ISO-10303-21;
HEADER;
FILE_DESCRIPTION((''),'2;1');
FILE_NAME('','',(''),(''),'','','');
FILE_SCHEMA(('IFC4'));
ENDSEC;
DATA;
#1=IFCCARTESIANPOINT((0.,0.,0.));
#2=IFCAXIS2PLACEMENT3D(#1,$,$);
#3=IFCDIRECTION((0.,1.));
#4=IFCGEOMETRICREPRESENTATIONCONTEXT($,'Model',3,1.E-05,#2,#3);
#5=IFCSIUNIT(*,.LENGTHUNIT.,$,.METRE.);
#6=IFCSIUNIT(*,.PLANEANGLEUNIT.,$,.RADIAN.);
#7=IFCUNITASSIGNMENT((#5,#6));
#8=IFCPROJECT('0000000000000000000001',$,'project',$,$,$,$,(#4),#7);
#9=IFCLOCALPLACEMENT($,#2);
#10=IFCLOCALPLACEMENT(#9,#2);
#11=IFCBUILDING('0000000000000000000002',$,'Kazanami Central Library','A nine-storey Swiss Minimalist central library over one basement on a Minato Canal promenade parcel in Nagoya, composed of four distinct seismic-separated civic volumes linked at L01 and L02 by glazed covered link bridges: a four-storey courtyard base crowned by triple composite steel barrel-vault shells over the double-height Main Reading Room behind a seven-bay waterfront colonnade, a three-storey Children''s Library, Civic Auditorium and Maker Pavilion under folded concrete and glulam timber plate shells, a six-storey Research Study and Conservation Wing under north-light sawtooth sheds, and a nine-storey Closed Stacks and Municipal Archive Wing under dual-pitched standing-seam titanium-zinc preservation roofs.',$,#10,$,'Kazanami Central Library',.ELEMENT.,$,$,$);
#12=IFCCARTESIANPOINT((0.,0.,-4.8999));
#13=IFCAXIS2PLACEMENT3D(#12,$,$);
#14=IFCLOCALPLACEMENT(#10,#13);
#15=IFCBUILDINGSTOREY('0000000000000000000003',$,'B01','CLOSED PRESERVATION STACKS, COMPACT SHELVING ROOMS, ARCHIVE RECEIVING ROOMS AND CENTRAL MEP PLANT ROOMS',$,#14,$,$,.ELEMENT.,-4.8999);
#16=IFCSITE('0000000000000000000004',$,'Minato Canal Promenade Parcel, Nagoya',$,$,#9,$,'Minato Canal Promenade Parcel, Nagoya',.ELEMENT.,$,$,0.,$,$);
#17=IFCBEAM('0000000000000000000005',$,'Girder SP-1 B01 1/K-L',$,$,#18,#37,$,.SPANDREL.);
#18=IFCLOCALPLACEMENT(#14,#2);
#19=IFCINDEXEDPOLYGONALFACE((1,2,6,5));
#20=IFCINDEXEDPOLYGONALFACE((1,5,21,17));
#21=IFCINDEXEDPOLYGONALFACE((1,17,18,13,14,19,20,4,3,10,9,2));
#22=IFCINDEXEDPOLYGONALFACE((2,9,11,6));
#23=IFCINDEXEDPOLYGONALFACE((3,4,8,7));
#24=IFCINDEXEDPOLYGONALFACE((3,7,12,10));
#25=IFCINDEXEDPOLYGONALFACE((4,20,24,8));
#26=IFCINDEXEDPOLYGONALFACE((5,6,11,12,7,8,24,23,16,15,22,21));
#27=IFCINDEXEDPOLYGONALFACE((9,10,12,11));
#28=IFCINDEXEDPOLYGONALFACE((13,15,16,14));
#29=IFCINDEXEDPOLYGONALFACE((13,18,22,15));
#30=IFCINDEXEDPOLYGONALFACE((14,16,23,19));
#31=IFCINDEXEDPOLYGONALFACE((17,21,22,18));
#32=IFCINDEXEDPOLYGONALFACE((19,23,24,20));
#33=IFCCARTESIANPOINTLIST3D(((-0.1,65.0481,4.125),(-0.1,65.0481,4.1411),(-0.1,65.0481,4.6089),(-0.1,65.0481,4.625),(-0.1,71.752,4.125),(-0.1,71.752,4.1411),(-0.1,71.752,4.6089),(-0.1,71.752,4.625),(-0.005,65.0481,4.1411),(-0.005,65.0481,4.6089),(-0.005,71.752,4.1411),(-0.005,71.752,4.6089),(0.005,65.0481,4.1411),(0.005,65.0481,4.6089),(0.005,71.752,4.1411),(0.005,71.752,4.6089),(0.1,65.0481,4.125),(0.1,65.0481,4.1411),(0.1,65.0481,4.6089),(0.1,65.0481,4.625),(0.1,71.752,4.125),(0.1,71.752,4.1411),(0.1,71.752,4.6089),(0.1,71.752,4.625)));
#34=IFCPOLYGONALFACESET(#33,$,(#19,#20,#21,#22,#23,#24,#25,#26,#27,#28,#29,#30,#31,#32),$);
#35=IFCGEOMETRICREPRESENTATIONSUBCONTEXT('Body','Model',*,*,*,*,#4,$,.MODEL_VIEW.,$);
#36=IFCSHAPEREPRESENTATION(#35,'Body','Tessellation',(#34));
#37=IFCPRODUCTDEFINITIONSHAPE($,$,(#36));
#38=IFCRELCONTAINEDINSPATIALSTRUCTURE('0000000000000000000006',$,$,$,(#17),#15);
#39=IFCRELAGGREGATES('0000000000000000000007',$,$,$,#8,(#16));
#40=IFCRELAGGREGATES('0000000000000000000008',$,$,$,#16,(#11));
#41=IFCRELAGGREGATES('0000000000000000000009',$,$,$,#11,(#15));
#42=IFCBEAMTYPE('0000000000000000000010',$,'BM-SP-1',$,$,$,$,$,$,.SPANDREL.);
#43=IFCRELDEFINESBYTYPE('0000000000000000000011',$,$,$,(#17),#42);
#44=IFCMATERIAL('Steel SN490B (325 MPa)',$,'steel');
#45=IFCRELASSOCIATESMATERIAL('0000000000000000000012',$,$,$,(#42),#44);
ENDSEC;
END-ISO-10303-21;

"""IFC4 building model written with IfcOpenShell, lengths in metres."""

from ifc_helpers import new_model, si_unit, direction, frame, origin, origin_2d, place, context, subcontext, project, spatial, i_section, extrude, material, material_profile, profile_set, type_object, element, save


model = new_model("IFC4")

# Units and contexts
model_context = context("Model", 3, precision=1e-05, world=origin(), true_north=direction((0.0, 1.0)))
body_context = subcontext(model_context, "Body", "Model", "MODEL_VIEW")
ifc_project = project(units=[si_unit("LENGTHUNIT", "METRE"), si_unit("PLANEANGLEUNIT", "RADIAN")], contexts=[model_context])

# Site, building, storey
site_placement = place(None, origin())
site = spatial("IfcSite", under=ifc_project, at=site_placement, Name="Minato Canal Promenade Parcel, Nagoya", LongName="Minato Canal Promenade Parcel, Nagoya", CompositionType="ELEMENT", RefElevation=0.0)
building_placement = place(site_placement, origin())
building = spatial("IfcBuilding", under=site, at=building_placement, Name="Kazanami Central Library", Description="A nine-storey Swiss Minimalist central library over one basement on a Minato Canal promenade parcel in Nagoya, composed of four distinct seismic-separated civic volumes linked at L01 and L02 by glazed covered link bridges: a four-storey courtyard base crowned by triple composite steel barrel-vault shells over the double-height Main Reading Room behind a seven-bay waterfront colonnade, a three-storey Children's Library, Civic Auditorium and Maker Pavilion under folded concrete and glulam timber plate shells, a six-storey Research Study and Conservation Wing under north-light sawtooth sheds, and a nine-storey Closed Stacks and Municipal Archive Wing under dual-pitched standing-seam titanium-zinc preservation roofs.", LongName="Kazanami Central Library", CompositionType="ELEMENT")
storey_placement = place(building_placement, frame((0.0, 0.0, -4.8999)))
storey = spatial("IfcBuildingStorey", under=building, at=storey_placement, Name="B01", Description="CLOSED PRESERVATION STACKS, COMPACT SHELVING ROOMS, ARCHIVE RECEIVING ROOMS AND CENTRAL MEP PLANT ROOMS", CompositionType="ELEMENT", Elevation=-4.8999)

# Beam
ifc_material_1 = material(Name="Steel SN490B (325 MPa)", Category="steel")
ifc_material_profile_1 = material_profile(ifc_material_1, i_section(OverallWidth=0.2, OverallDepth=0.5, WebThickness=0.01, FlangeThickness=0.0161, at=origin_2d()), Name="H-500x200x10x16")
ifc_profile_set_1 = profile_set([ifc_material_profile_1], Name="Steel SN490B (325 MPa)")
beam_type_1 = type_object("IfcBeamType", Name="BM-SP-1", PredefinedType="SPANDREL", material=ifc_profile_set_1)
beam_1_placement = place(storey_placement, frame((0.0, 65.0481, 4.375), z_axis=(0.0, 1.0, 0.0), x_axis=(-1.0, 0.0, 0.0)))
element("IfcBeam", 1, at=beam_1_placement, inside=storey, type_object=beam_type_1, Name="Girder SP-1 B01 1/K-L", PredefinedType="SPANDREL", context=body_context, shape_type="SweptSolid", body=[
    extrude(i_section(OverallWidth=0.2, OverallDepth=0.5, WebThickness=0.01, FlangeThickness=0.0161, at=origin_2d()), origin(), (0.0, 0.0, 1.0), 6.7039),
])

save(model, "model.ifc")
